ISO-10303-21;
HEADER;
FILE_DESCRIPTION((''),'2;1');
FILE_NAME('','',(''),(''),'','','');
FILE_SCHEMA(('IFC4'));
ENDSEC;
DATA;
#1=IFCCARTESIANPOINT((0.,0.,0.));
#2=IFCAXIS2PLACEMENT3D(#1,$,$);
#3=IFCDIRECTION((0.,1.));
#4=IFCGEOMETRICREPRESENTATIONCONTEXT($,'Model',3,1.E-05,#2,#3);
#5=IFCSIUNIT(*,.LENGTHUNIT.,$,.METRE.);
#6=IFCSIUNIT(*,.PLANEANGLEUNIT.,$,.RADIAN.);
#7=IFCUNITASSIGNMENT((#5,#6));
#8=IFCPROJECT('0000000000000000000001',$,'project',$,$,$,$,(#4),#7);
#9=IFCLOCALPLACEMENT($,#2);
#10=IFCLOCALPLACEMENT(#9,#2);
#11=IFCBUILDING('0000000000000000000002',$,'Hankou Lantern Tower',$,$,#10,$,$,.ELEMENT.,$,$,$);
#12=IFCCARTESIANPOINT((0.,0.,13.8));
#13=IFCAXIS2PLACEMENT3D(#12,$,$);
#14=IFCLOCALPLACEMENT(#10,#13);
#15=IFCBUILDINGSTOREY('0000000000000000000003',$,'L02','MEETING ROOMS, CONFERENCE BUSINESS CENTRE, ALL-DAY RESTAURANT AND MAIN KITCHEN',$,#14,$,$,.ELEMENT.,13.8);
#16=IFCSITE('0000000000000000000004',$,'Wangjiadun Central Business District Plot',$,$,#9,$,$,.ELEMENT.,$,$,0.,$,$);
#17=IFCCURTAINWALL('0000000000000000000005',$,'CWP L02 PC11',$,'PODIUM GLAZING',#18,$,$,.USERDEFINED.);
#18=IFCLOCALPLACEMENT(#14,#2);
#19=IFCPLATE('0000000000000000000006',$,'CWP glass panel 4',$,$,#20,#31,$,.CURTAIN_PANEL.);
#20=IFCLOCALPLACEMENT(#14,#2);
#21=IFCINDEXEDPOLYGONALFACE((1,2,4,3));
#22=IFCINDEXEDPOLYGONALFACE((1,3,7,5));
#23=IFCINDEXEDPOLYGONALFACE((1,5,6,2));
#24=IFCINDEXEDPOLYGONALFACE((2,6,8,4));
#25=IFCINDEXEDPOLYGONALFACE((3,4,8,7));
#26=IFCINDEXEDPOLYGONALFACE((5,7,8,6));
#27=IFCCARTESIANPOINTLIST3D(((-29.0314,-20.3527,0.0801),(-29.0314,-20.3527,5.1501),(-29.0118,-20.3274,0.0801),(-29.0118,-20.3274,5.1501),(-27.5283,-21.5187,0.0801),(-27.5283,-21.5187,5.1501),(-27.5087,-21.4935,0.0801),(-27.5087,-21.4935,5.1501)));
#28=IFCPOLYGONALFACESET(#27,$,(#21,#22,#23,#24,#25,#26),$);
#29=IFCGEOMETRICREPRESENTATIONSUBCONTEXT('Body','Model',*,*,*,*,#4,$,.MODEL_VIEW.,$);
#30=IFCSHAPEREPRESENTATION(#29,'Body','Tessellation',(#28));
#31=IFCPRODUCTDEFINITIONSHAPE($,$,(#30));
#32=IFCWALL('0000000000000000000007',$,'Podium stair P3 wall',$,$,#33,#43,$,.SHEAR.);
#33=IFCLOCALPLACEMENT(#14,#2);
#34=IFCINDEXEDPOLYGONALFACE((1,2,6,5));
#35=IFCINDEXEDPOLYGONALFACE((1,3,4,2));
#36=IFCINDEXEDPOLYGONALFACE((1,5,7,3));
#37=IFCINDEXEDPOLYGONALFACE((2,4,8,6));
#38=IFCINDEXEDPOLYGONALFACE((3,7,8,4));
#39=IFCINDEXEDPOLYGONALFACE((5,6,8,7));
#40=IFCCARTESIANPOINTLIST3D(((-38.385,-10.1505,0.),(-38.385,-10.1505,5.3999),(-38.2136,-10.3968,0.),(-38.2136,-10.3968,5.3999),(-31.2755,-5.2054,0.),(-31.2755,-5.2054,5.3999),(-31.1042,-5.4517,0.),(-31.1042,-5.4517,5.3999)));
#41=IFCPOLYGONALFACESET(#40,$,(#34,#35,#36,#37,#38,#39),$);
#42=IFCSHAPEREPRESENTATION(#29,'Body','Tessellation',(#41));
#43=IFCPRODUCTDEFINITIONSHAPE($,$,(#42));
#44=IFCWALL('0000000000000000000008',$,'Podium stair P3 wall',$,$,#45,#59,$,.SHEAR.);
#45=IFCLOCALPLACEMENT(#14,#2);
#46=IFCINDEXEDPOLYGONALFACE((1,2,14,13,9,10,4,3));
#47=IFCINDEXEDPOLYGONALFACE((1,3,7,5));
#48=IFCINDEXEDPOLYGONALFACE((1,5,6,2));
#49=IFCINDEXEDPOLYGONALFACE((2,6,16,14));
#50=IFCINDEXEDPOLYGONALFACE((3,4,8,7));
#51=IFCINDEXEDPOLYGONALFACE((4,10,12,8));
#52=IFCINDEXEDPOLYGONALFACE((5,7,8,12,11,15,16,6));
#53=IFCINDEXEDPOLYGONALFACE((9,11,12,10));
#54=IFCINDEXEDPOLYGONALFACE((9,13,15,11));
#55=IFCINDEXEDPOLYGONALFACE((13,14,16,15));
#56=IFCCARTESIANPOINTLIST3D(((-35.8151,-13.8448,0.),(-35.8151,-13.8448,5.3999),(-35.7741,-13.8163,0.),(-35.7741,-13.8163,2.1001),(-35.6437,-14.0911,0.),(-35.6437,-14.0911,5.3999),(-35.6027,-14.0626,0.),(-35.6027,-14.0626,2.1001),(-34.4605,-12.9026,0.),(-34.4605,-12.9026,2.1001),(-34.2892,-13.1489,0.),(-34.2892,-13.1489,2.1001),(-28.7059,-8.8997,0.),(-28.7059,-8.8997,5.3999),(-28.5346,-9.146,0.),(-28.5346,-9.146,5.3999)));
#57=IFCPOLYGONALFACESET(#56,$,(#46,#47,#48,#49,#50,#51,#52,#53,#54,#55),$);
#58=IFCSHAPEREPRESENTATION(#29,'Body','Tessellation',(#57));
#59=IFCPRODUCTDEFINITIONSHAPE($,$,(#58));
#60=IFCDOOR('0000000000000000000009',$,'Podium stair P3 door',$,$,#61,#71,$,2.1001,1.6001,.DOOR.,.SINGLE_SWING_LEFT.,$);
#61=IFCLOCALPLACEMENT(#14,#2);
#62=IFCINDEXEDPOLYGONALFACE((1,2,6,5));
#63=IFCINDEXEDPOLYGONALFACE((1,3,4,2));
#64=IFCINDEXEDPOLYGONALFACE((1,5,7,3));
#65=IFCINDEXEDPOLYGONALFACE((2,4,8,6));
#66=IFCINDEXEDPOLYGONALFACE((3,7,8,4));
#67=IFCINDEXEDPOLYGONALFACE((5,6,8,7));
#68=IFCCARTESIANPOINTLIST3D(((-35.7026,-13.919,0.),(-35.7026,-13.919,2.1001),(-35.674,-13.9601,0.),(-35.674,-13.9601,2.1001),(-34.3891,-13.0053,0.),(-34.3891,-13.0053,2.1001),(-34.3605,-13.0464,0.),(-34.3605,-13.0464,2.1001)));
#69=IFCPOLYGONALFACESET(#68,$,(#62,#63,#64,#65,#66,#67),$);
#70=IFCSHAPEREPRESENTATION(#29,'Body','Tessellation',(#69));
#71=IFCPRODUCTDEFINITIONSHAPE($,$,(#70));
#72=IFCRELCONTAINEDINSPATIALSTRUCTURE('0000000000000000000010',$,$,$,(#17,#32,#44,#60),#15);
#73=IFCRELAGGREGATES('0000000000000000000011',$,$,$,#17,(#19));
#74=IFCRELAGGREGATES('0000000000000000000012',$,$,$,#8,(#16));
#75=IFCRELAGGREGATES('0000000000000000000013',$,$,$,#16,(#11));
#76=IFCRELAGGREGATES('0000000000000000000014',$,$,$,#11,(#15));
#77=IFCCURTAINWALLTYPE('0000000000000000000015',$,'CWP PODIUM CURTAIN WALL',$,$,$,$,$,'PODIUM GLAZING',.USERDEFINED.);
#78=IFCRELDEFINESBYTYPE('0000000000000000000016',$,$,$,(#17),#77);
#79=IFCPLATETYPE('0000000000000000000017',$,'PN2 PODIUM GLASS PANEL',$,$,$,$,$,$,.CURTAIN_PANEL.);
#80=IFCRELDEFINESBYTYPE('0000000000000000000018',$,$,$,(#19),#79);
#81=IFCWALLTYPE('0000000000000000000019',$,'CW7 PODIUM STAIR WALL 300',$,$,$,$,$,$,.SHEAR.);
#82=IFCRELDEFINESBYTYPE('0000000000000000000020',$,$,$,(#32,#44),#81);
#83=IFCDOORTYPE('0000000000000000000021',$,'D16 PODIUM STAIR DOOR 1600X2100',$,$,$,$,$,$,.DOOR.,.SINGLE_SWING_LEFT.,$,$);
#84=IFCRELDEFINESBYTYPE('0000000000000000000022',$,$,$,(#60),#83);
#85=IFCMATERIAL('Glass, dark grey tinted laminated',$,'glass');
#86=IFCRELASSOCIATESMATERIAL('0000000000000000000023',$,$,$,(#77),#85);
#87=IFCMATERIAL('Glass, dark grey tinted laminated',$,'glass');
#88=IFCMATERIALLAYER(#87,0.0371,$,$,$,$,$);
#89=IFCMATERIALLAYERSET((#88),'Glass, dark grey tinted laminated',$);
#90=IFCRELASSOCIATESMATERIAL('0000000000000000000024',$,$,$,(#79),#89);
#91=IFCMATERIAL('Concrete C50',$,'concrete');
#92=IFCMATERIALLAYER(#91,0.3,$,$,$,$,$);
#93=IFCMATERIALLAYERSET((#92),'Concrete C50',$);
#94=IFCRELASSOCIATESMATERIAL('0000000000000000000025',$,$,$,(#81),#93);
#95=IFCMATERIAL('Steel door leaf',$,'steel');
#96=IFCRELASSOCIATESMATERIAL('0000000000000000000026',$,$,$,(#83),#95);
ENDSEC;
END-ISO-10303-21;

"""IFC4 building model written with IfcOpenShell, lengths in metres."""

from ifc_helpers import new_model, si_unit, direction, frame, frame_2d, origin, origin_2d, place, context, subcontext, project, spatial, rectangle, extrude, material, layer, layer_set, type_object, element, fill, aggregate, save


model = new_model("IFC4")

# Units and contexts
model_context = context("Model", 3, precision=1e-05, world=origin(), true_north=direction((0.0, 1.0)))
body_context = subcontext(model_context, "Body", "Model", "MODEL_VIEW")
ifc_project = project(units=[si_unit("LENGTHUNIT", "METRE"), si_unit("PLANEANGLEUNIT", "RADIAN")], contexts=[model_context])

# Site, building, storey
site_placement = place(None, origin())
site = spatial("IfcSite", under=ifc_project, at=site_placement, Name="Wangjiadun Central Business District Plot", CompositionType="ELEMENT", RefElevation=0.0)
building_placement = place(site_placement, origin())
building = spatial("IfcBuilding", under=site, at=building_placement, Name="Hankou Lantern Tower", CompositionType="ELEMENT")
storey_placement = place(building_placement, frame((0.0, 0.0, 13.8)))
storey = spatial("IfcBuildingStorey", under=building, at=storey_placement, Name="L02", Description="MEETING ROOMS, CONFERENCE BUSINESS CENTRE, ALL-DAY RESTAURANT AND MAIN KITCHEN", CompositionType="ELEMENT", Elevation=13.8)

# Curtain wall
ifc_material_1 = material(Name="Glass, dark grey tinted laminated", Category="glass")
curtain_wall_type = type_object("IfcCurtainWallType", Name="CWP PODIUM CURTAIN WALL", ElementType="PODIUM GLAZING", PredefinedType="USERDEFINED", material=ifc_material_1)
curtain_wall_placement = place(storey_placement, origin())
curtain_wall = element("IfcCurtainWall", 1, at=curtain_wall_placement, inside=storey, type_object=curtain_wall_type, Name="CWP L02 PC11", ObjectType="PODIUM GLAZING", PredefinedType="USERDEFINED")

# Plate
ifc_material_2 = material(Name="Glass, dark grey tinted laminated", Category="glass")
ifc_layer_1 = layer(ifc_material_2, 0.0371)
ifc_layer_set_1 = layer_set([ifc_layer_1], Name="Glass, dark grey tinted laminated")
plate_type = type_object("IfcPlateType", Name="PN2 PODIUM GLASS PANEL", PredefinedType="CURTAIN_PANEL", material=ifc_layer_set_1)
plate_1_placement = place(storey_placement, frame((-28.27, -20.9231, 0.0801), z_axis=(0.0, 0.0, 1.0), x_axis=(0.79013, -0.61294, 0.0)))
plate_1 = element("IfcPlate", 2, at=plate_1_placement, type_object=plate_type, Name="CWP glass panel 4", PredefinedType="CURTAIN_PANEL", context=body_context, shape_type="SweptSolid", body=[
    extrude(rectangle(XDim=1.9023, YDim=0.032, at=origin_2d()), origin(), (0.0, 0.0, 1.0), 5.0701),
])
aggregate(curtain_wall, [plate_1])

# Wall
ifc_material_3 = material(Name="Concrete C50", Category="concrete")
ifc_layer_2 = layer(ifc_material_3, 0.3)
ifc_layer_set_2 = layer_set([ifc_layer_2], Name="Concrete C50")
wall_type = type_object("IfcWallType", Name="CW7 PODIUM STAIR WALL 300", PredefinedType="SHEAR", material=ifc_layer_set_2)
wall_1_placement = place(storey_placement, frame((-38.2993, -10.2737, 0.0), z_axis=(0.0, 0.0, 1.0), x_axis=(0.820937, 0.571019, 0.0)))
element("IfcWall", 3, at=wall_1_placement, inside=storey, type_object=wall_type, Name="Podium stair P3 wall", PredefinedType="SHEAR", context=body_context, shape_type="SweptSolid", body=[
    extrude(rectangle(XDim=8.6602, YDim=0.3, at=frame_2d((4.3301, 0.0))), origin(), (0.0, 0.0, 1.0), 5.3999),
])

# Wall, opening, door
wall_2_placement = place(storey_placement, frame((-35.7295, -13.968, 0.0), z_axis=(0.0, 0.0, 1.0), x_axis=(0.820928, 0.571032, 0.0)))
wall_2 = element("IfcWall", 4, at=wall_2_placement, inside=storey, type_object=wall_type, Name="Podium stair P3 wall", PredefinedType="SHEAR", context=body_context, shape_type="SweptSolid", body=[
    extrude(rectangle(XDim=8.6599, YDim=0.3, at=frame_2d((4.3301, 0.0))), origin(), (0.0, 0.0, 1.0), 5.3999),
])
opening_placement = place(wall_2_placement, frame((0.05, 0.0, 0.0)))
opening = element("IfcOpeningElement", 5, at=opening_placement, cuts=wall_2, PredefinedType="OPENING", context=body_context, shape_type="SweptSolid", body=[
    extrude(rectangle(XDim=1.6001, YDim=2.1001, at=frame_2d((0.8, 1.05))), frame((0.0, 0.1599, 0.0), z_axis=(0.0, -1.0, 0.0), x_axis=(1.0, 0.0, 0.0)), (0.0, 0.0, 1.0), 0.3201),
])
ifc_material_4 = material(Name="Steel door leaf", Category="steel")
door_type = type_object("IfcDoorType", Name="D16 PODIUM STAIR DOOR 1600X2100", OperationType="SINGLE_SWING_LEFT", PredefinedType="DOOR", material=ifc_material_4)
door_placement = place(opening_placement, origin())
door = element("IfcDoor", 6, at=door_placement, inside=storey, type_object=door_type, Name="Podium stair P3 door", OperationType="SINGLE_SWING_LEFT", OverallHeight=2.1001, OverallWidth=1.6001, PredefinedType="DOOR", context=body_context, shape_type="SweptSolid", body=[
    extrude(rectangle(XDim=1.6001, YDim=2.1001, at=frame_2d((0.8, 1.05))), frame((0.0, 0.0249, 0.0), z_axis=(0.0, -1.0, 0.0), x_axis=(1.0, 0.0, 0.0)), (0.0, 0.0, 1.0), 0.05),
])
fill(opening, door)

save(model, "model.ifc")
